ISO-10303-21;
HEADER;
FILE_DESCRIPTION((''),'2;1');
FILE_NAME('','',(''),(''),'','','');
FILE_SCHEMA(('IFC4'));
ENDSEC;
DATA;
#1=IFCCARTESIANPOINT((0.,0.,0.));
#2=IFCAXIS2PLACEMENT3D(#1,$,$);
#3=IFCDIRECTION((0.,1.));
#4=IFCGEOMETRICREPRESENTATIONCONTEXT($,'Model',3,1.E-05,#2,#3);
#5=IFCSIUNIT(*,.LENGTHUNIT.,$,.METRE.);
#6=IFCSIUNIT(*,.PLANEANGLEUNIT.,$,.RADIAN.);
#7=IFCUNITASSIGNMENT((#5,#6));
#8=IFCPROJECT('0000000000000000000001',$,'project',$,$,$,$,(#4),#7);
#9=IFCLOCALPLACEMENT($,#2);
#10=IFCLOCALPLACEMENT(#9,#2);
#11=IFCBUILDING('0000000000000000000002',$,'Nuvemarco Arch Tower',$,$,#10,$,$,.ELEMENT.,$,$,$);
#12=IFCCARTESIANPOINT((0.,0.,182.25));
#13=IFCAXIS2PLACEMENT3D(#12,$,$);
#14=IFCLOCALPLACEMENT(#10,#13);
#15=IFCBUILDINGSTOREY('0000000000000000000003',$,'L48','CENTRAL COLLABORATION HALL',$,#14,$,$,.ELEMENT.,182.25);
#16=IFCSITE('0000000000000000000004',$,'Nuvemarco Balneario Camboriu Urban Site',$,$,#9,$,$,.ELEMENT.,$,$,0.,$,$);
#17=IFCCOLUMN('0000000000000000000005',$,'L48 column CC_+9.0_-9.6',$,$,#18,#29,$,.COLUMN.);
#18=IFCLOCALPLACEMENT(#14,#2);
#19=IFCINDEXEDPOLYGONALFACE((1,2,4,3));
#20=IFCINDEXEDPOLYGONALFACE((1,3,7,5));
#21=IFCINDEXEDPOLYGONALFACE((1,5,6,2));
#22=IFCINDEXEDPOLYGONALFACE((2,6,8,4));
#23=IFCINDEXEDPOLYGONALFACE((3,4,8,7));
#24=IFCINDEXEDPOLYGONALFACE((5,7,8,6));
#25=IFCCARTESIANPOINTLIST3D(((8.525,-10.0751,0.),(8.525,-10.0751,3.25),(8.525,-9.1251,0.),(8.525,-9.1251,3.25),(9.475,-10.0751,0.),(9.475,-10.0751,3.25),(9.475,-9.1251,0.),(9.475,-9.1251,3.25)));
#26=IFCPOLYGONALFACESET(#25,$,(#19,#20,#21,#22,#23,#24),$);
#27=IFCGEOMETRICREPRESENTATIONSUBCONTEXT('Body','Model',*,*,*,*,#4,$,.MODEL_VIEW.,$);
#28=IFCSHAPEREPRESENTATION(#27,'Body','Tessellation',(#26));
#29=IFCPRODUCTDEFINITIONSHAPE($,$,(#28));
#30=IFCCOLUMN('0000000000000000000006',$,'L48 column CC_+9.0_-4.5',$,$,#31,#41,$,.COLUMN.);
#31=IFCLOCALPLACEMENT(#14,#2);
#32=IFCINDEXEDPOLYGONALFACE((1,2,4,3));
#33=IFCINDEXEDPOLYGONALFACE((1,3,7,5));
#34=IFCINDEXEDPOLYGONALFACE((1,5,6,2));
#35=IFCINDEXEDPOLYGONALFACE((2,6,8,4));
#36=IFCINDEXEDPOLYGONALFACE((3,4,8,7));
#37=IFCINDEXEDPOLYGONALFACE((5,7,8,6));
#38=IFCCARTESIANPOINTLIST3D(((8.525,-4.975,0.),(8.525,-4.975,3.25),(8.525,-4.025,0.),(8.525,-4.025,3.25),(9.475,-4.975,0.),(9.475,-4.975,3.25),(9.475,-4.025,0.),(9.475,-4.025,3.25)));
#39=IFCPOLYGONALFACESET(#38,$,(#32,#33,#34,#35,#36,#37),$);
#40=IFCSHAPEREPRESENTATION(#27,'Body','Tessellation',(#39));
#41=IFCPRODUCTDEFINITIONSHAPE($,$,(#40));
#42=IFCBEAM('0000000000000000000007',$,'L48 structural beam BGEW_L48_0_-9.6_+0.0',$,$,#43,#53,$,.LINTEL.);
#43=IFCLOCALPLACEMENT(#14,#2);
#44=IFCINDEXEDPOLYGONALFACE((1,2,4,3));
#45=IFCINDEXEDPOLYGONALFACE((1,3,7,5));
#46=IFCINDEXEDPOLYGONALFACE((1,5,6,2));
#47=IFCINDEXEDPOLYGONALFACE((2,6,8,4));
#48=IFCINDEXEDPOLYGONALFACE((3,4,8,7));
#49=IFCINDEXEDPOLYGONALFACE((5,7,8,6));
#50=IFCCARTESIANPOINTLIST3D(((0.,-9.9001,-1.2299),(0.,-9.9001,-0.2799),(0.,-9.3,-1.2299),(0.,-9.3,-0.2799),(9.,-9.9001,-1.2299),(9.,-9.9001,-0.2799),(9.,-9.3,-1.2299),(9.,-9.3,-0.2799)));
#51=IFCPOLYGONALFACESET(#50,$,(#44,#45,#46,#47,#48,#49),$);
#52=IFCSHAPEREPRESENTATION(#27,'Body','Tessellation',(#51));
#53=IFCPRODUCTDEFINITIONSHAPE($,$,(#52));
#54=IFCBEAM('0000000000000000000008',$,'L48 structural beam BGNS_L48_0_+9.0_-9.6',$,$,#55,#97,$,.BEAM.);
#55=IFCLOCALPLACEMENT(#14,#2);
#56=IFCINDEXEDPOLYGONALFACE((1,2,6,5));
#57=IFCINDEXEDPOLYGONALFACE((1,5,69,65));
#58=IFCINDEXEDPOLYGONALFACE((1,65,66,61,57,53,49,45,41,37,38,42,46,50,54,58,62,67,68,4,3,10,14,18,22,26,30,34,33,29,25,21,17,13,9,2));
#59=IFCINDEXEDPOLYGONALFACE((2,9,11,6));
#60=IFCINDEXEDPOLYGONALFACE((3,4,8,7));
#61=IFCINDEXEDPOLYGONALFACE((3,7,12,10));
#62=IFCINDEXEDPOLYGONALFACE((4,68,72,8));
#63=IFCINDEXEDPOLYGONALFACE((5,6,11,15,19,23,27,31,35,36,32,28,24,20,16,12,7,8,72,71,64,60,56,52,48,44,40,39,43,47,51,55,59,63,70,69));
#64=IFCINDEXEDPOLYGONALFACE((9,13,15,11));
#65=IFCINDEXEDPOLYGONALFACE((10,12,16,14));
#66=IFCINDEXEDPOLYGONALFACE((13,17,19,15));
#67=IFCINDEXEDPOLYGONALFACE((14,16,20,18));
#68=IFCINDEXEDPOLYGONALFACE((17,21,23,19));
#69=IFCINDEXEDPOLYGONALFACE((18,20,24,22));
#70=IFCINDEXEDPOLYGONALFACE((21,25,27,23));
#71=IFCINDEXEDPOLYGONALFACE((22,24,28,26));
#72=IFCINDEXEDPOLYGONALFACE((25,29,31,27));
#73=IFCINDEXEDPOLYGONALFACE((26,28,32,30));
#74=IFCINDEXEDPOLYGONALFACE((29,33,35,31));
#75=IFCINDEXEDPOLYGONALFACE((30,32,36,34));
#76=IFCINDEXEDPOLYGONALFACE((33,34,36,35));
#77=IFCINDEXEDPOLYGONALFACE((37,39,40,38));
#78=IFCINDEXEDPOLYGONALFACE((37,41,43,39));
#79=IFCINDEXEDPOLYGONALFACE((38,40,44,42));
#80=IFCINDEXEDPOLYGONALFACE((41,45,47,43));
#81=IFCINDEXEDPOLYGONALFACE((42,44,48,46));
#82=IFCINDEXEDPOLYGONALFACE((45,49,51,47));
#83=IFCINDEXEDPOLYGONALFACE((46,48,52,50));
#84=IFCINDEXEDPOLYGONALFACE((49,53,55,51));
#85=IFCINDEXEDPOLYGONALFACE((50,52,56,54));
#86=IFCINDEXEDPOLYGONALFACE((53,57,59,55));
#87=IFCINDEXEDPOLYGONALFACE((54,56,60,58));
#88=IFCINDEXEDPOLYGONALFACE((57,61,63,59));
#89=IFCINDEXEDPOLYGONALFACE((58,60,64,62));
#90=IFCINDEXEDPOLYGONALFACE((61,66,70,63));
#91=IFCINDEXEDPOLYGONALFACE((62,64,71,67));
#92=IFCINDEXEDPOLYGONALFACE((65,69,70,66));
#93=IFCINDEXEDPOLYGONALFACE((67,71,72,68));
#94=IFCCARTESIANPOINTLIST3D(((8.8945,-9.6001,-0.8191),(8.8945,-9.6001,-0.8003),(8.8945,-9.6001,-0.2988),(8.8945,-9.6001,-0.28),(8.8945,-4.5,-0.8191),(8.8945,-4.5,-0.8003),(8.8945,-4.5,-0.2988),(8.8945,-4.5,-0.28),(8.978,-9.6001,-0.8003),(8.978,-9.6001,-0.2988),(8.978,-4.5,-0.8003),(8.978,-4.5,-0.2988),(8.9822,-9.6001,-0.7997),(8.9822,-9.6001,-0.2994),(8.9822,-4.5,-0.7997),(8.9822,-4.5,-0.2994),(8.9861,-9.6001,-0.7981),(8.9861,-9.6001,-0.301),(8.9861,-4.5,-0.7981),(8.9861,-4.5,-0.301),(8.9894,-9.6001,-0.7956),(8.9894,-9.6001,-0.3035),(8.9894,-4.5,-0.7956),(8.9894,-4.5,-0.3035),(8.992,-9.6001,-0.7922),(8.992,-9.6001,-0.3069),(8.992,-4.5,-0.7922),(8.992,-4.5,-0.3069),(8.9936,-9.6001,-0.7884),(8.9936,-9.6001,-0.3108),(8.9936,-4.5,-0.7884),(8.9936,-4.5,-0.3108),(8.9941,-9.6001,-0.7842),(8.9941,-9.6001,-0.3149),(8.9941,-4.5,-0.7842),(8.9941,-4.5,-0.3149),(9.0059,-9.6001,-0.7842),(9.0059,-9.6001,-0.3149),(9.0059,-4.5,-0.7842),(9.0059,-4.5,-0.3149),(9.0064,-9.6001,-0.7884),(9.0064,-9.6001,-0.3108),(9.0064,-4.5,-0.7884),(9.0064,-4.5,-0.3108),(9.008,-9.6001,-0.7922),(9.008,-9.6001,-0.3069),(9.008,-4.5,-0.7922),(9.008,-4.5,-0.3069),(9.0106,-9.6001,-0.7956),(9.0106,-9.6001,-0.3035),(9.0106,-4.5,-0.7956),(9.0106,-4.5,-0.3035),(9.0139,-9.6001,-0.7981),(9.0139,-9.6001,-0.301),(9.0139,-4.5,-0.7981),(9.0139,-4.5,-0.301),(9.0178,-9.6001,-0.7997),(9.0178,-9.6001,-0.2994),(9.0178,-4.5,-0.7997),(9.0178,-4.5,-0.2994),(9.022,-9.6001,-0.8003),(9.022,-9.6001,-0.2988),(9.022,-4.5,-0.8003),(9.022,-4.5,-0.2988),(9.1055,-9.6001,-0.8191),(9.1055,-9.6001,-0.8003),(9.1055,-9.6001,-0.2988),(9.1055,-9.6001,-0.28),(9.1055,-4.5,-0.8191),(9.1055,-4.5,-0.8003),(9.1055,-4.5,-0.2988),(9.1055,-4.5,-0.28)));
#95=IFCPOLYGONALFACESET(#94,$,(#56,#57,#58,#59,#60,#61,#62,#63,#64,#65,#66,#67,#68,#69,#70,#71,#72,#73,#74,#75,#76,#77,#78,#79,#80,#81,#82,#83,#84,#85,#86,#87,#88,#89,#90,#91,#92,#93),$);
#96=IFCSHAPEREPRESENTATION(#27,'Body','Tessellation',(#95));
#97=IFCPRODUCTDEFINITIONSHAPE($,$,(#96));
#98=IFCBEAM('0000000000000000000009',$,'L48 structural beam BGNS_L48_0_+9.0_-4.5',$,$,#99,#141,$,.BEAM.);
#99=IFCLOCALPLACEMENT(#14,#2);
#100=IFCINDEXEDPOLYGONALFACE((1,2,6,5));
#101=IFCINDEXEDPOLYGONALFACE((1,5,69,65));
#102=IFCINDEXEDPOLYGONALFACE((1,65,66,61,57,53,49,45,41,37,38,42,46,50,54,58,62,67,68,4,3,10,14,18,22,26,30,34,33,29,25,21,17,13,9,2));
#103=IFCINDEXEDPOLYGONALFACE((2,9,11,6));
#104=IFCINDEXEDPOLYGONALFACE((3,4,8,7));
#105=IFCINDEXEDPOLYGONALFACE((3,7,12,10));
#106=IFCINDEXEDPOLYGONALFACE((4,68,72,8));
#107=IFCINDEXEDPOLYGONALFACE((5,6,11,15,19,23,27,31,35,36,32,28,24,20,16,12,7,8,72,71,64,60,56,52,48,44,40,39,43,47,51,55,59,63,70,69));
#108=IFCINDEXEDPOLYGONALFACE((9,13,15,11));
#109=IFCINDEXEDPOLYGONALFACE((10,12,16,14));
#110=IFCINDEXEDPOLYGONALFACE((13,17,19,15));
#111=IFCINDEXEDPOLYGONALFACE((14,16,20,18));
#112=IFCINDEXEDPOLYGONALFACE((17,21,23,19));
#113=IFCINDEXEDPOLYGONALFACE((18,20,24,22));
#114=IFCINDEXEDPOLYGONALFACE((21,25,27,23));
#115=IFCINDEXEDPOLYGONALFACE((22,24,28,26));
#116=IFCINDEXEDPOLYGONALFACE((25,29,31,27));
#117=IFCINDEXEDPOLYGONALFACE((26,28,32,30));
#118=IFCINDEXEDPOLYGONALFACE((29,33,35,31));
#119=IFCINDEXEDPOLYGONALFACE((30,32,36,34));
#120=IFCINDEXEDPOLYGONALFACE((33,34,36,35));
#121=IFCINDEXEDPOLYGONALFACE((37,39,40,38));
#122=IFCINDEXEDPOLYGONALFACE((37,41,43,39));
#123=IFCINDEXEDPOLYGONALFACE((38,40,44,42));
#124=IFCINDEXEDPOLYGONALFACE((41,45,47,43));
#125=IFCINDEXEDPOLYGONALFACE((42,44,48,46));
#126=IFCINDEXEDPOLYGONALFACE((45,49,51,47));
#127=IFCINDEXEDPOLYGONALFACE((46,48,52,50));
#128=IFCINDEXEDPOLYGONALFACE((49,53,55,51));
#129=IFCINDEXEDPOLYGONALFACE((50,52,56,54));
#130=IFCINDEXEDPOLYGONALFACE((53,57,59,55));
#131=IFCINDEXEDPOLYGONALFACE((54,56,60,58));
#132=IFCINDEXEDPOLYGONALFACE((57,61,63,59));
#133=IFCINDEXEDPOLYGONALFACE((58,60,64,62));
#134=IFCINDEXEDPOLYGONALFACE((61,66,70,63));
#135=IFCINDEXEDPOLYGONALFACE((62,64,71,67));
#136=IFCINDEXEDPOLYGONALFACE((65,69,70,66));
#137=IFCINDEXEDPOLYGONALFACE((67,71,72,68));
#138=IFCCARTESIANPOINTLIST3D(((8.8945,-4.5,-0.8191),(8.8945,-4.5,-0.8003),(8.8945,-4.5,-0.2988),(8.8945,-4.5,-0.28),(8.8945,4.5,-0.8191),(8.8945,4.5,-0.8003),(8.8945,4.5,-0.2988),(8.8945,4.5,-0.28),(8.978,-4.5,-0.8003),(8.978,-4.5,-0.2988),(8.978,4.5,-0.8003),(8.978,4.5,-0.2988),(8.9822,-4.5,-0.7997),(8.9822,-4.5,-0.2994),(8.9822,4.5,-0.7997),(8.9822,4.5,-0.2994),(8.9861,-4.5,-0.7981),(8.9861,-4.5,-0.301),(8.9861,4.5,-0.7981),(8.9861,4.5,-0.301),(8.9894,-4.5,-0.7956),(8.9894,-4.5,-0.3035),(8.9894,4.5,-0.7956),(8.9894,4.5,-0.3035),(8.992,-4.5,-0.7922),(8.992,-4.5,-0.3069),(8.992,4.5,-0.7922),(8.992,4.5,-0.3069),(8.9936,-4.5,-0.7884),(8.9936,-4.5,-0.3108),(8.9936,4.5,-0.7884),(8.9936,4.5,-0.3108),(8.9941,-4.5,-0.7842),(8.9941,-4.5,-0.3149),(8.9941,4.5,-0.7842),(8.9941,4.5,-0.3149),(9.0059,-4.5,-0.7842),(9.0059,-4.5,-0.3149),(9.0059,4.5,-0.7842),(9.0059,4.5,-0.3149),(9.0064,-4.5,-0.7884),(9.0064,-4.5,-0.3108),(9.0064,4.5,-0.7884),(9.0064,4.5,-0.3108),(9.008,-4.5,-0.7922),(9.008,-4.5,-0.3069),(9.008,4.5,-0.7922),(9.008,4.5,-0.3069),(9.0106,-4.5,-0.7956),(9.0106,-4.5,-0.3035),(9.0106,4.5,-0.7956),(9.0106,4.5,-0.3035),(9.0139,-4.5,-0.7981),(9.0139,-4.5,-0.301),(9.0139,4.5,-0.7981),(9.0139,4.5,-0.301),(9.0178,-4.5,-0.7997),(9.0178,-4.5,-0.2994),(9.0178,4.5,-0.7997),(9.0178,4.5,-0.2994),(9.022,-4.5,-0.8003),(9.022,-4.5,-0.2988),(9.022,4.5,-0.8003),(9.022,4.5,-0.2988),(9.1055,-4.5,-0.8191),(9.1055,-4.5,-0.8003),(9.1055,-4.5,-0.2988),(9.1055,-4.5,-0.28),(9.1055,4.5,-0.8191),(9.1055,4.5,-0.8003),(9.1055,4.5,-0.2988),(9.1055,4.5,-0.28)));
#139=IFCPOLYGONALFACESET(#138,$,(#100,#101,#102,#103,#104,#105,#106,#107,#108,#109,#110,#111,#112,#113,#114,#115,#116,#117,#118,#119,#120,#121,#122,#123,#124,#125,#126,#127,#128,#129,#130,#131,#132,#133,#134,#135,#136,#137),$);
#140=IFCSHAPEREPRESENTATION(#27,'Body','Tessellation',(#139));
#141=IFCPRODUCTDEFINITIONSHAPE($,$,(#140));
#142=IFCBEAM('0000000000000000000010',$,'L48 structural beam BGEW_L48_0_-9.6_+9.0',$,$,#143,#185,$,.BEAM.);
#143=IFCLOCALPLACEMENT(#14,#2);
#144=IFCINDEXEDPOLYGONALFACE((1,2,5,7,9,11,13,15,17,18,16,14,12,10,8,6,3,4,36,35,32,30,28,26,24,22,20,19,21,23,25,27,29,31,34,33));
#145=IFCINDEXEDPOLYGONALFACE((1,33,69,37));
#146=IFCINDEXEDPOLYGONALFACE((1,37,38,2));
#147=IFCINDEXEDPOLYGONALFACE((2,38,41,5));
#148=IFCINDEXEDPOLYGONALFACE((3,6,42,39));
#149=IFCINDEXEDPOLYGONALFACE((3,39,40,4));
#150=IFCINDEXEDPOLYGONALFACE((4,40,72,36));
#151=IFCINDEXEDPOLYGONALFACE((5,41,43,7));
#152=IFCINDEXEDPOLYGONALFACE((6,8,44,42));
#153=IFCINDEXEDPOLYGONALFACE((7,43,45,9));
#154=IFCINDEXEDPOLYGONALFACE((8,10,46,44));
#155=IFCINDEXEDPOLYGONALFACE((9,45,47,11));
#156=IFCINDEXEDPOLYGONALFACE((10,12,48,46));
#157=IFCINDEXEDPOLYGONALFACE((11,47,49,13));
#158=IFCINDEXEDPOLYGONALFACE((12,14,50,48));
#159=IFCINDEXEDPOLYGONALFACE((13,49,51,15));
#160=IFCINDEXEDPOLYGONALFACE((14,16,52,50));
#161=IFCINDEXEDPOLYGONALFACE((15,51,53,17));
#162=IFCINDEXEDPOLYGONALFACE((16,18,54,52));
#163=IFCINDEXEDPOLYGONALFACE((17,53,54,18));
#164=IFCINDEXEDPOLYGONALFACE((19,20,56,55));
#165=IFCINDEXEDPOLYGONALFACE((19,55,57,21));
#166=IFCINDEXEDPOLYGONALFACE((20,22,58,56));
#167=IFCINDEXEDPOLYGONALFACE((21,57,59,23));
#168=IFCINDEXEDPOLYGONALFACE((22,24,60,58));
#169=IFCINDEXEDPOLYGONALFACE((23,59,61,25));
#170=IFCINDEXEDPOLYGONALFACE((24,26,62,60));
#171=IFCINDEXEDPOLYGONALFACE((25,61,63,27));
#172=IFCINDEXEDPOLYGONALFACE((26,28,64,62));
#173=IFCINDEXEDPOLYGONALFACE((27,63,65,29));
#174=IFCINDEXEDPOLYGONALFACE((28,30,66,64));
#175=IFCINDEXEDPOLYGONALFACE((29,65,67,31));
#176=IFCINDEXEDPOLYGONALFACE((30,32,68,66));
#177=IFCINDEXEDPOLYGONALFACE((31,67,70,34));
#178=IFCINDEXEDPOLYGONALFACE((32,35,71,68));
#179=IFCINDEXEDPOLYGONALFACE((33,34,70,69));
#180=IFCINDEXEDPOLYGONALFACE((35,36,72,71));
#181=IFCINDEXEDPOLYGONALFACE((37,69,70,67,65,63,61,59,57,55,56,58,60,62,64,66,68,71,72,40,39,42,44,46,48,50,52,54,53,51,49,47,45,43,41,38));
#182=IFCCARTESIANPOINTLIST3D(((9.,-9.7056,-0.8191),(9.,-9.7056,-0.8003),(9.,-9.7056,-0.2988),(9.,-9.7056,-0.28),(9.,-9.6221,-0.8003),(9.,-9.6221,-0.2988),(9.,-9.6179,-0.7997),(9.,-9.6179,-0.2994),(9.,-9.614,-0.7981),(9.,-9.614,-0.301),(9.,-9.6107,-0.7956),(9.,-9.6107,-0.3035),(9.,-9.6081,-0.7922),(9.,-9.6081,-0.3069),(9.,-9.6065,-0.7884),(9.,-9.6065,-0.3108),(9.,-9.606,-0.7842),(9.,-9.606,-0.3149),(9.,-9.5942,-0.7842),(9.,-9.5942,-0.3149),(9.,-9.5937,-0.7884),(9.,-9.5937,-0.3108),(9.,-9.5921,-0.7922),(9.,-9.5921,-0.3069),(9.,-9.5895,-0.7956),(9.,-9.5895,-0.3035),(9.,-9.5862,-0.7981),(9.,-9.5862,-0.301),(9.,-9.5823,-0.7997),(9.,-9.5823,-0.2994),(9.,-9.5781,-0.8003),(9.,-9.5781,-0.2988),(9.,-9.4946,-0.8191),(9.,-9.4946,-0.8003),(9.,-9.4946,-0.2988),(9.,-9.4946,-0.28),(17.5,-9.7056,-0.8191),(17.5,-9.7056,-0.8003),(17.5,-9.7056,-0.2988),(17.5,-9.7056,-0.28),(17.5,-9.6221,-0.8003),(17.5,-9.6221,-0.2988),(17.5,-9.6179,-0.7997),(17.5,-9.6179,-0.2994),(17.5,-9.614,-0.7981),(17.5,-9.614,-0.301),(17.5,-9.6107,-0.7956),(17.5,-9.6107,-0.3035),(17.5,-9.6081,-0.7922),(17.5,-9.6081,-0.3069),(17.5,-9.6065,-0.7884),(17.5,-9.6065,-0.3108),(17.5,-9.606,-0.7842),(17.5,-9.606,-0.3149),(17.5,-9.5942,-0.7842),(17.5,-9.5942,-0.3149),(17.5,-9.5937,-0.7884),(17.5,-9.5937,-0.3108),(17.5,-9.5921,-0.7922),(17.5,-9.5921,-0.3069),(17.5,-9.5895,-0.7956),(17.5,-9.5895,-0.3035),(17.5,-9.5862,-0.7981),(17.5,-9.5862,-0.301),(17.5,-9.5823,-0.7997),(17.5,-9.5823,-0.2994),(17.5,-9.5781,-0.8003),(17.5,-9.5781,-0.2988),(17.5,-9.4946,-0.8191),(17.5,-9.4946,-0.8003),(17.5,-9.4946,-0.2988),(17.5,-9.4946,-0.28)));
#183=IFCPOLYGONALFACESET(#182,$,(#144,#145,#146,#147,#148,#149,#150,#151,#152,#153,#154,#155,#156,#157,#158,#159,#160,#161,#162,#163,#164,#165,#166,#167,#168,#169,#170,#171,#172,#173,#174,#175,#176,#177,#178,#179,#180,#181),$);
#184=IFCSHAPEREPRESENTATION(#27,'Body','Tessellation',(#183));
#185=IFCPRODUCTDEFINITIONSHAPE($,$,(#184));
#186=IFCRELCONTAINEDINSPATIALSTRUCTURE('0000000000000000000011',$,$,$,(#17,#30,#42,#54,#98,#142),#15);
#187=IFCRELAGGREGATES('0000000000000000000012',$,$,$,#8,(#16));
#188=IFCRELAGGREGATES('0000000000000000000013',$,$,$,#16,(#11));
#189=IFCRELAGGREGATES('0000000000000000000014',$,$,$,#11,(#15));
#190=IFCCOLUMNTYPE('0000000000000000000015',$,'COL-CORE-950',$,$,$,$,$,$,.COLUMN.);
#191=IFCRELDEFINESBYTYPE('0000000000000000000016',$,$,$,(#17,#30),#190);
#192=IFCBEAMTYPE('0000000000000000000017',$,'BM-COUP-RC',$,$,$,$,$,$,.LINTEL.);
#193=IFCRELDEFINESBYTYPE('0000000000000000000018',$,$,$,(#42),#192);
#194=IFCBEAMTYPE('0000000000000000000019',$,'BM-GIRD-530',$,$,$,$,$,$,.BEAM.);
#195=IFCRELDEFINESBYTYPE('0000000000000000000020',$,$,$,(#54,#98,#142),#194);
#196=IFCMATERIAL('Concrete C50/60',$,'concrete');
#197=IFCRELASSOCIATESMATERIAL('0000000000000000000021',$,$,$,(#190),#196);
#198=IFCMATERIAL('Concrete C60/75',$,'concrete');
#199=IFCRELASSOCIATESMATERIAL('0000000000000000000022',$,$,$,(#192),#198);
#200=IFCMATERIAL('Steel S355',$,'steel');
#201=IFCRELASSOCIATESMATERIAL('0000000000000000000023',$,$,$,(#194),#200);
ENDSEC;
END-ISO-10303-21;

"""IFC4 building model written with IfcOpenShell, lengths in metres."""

from ifc_helpers import new_model, si_unit, direction, frame, origin, origin_2d, place, context, subcontext, project, spatial, rectangle, i_section, extrude, material, material_profile, profile_set, type_object, element, save


model = new_model("IFC4")

# Units and contexts
model_context = context("Model", 3, precision=1e-05, world=origin(), true_north=direction((0.0, 1.0)))
body_context = subcontext(model_context, "Body", "Model", "MODEL_VIEW")
ifc_project = project(units=[si_unit("LENGTHUNIT", "METRE"), si_unit("PLANEANGLEUNIT", "RADIAN")], contexts=[model_context])

# Site, building, storey
site_placement = place(None, origin())
site = spatial("IfcSite", under=ifc_project, at=site_placement, Name="Nuvemarco Balneario Camboriu Urban Site", CompositionType="ELEMENT", RefElevation=0.0)
building_placement = place(site_placement, origin())
building = spatial("IfcBuilding", under=site, at=building_placement, Name="Nuvemarco Arch Tower", CompositionType="ELEMENT")
storey_placement = place(building_placement, frame((0.0, 0.0, 182.25)))
storey = spatial("IfcBuildingStorey", under=building, at=storey_placement, Name="L48", Description="CENTRAL COLLABORATION HALL", CompositionType="ELEMENT", Elevation=182.25)

# Columns
ifc_material_1 = material(Name="Concrete C50/60", Category="concrete")
ifc_material_profile_1 = material_profile(ifc_material_1, rectangle(XDim=0.95, YDim=0.95, at=origin_2d()), Name="RC-COL-950x950")
ifc_profile_set_1 = profile_set([ifc_material_profile_1], Name="Concrete C50/60")
column_type = type_object("IfcColumnType", Name="COL-CORE-950", PredefinedType="COLUMN", material=ifc_profile_set_1)
for number, where, z_axis, x_axis, name in (
    (1, (9.0, -9.6001, 0.0), (0.0, 0.0, 1.0), (1.0, 0.0, 0.0), "L48 column CC_+9.0_-9.6"),
    (2, (9.0, -4.5, 0.0), (0.0, 0.0, 1.0), (1.0, 0.0, 0.0), "L48 column CC_+9.0_-4.5"),
):
    element("IfcColumn", number, at=place(storey_placement, frame(where, z_axis=z_axis, x_axis=x_axis)), inside=storey, type_object=column_type, Name=name, PredefinedType="COLUMN", context=body_context, shape_type="SweptSolid", body=[
        extrude(rectangle(XDim=0.95, YDim=0.95, at=origin_2d()), origin(), (0.0, 0.0, 1.0), 3.25),
    ])

# Beams
ifc_material_2 = material(Name="Concrete C60/75", Category="concrete")
ifc_material_profile_2 = material_profile(ifc_material_2, rectangle(XDim=0.6001, YDim=0.95, at=origin_2d()), Name="RC-BM-600x950")
ifc_profile_set_2 = profile_set([ifc_material_profile_2], Name="Concrete C60/75")
beam_type_1 = type_object("IfcBeamType", Name="BM-COUP-RC", PredefinedType="LINTEL", material=ifc_profile_set_2)
beam_1_placement = place(storey_placement, frame((0.0, -9.6001, -0.7549), z_axis=(1.0, 0.0, 0.0), x_axis=(0.0, 1.0, 0.0)))
element("IfcBeam", 3, at=beam_1_placement, inside=storey, type_object=beam_type_1, Name="L48 structural beam BGEW_L48_0_-9.6_+0.0", PredefinedType="LINTEL", context=body_context, shape_type="SweptSolid", body=[
    extrude(rectangle(XDim=0.6001, YDim=0.95, at=origin_2d()), origin(), (0.0, 0.0, 1.0), 9.0),
])
ifc_material_3 = material(Name="Steel S355", Category="steel")
ifc_material_profile_3 = material_profile(ifc_material_3, i_section(OverallWidth=0.2109, OverallDepth=0.5391, WebThickness=0.0117, FlangeThickness=0.0188, FilletRadius=0.0161, at=origin_2d()), Name="W530x109")
ifc_profile_set_3 = profile_set([ifc_material_profile_3], Name="Steel S355")
beam_type_2 = type_object("IfcBeamType", Name="BM-GIRD-530", PredefinedType="BEAM", material=ifc_profile_set_3)
beam_2_placement = place(storey_placement, frame((9.0, -9.6001, -0.5496), z_axis=(0.0, 1.0, 0.0), x_axis=(-1.0, 0.0, 0.0)))
element("IfcBeam", 4, at=beam_2_placement, inside=storey, type_object=beam_type_2, Name="L48 structural beam BGNS_L48_0_+9.0_-9.6", PredefinedType="BEAM", context=body_context, shape_type="SweptSolid", body=[
    extrude(i_section(OverallWidth=0.2109, OverallDepth=0.5391, WebThickness=0.0117, FlangeThickness=0.0188, FilletRadius=0.0161, at=origin_2d()), origin(), (0.0, 0.0, 1.0), 5.1001),
])
beam_3_placement = place(storey_placement, frame((9.0, -4.5, -0.5496), z_axis=(0.0, 1.0, 0.0), x_axis=(-1.0, 0.0, 0.0)))
element("IfcBeam", 5, at=beam_3_placement, inside=storey, type_object=beam_type_2, Name="L48 structural beam BGNS_L48_0_+9.0_-4.5", PredefinedType="BEAM", context=body_context, shape_type="SweptSolid", body=[
    extrude(i_section(OverallWidth=0.2109, OverallDepth=0.5391, WebThickness=0.0117, FlangeThickness=0.0188, FilletRadius=0.0161, at=origin_2d()), origin(), (0.0, 0.0, 1.0), 9.0),
])
beam_4_placement = place(storey_placement, frame((9.0, -9.6001, -0.5496), z_axis=(1.0, 0.0, 0.0), x_axis=(0.0, 1.0, 0.0)))
element("IfcBeam", 6, at=beam_4_placement, inside=storey, type_object=beam_type_2, Name="L48 structural beam BGEW_L48_0_-9.6_+9.0", PredefinedType="BEAM", context=body_context, shape_type="SweptSolid", body=[
    extrude(i_section(OverallWidth=0.2109, OverallDepth=0.5391, WebThickness=0.0117, FlangeThickness=0.0188, FilletRadius=0.0161, at=origin_2d()), origin(), (0.0, 0.0, 1.0), 8.5),
])

save(model, "model.ifc")
